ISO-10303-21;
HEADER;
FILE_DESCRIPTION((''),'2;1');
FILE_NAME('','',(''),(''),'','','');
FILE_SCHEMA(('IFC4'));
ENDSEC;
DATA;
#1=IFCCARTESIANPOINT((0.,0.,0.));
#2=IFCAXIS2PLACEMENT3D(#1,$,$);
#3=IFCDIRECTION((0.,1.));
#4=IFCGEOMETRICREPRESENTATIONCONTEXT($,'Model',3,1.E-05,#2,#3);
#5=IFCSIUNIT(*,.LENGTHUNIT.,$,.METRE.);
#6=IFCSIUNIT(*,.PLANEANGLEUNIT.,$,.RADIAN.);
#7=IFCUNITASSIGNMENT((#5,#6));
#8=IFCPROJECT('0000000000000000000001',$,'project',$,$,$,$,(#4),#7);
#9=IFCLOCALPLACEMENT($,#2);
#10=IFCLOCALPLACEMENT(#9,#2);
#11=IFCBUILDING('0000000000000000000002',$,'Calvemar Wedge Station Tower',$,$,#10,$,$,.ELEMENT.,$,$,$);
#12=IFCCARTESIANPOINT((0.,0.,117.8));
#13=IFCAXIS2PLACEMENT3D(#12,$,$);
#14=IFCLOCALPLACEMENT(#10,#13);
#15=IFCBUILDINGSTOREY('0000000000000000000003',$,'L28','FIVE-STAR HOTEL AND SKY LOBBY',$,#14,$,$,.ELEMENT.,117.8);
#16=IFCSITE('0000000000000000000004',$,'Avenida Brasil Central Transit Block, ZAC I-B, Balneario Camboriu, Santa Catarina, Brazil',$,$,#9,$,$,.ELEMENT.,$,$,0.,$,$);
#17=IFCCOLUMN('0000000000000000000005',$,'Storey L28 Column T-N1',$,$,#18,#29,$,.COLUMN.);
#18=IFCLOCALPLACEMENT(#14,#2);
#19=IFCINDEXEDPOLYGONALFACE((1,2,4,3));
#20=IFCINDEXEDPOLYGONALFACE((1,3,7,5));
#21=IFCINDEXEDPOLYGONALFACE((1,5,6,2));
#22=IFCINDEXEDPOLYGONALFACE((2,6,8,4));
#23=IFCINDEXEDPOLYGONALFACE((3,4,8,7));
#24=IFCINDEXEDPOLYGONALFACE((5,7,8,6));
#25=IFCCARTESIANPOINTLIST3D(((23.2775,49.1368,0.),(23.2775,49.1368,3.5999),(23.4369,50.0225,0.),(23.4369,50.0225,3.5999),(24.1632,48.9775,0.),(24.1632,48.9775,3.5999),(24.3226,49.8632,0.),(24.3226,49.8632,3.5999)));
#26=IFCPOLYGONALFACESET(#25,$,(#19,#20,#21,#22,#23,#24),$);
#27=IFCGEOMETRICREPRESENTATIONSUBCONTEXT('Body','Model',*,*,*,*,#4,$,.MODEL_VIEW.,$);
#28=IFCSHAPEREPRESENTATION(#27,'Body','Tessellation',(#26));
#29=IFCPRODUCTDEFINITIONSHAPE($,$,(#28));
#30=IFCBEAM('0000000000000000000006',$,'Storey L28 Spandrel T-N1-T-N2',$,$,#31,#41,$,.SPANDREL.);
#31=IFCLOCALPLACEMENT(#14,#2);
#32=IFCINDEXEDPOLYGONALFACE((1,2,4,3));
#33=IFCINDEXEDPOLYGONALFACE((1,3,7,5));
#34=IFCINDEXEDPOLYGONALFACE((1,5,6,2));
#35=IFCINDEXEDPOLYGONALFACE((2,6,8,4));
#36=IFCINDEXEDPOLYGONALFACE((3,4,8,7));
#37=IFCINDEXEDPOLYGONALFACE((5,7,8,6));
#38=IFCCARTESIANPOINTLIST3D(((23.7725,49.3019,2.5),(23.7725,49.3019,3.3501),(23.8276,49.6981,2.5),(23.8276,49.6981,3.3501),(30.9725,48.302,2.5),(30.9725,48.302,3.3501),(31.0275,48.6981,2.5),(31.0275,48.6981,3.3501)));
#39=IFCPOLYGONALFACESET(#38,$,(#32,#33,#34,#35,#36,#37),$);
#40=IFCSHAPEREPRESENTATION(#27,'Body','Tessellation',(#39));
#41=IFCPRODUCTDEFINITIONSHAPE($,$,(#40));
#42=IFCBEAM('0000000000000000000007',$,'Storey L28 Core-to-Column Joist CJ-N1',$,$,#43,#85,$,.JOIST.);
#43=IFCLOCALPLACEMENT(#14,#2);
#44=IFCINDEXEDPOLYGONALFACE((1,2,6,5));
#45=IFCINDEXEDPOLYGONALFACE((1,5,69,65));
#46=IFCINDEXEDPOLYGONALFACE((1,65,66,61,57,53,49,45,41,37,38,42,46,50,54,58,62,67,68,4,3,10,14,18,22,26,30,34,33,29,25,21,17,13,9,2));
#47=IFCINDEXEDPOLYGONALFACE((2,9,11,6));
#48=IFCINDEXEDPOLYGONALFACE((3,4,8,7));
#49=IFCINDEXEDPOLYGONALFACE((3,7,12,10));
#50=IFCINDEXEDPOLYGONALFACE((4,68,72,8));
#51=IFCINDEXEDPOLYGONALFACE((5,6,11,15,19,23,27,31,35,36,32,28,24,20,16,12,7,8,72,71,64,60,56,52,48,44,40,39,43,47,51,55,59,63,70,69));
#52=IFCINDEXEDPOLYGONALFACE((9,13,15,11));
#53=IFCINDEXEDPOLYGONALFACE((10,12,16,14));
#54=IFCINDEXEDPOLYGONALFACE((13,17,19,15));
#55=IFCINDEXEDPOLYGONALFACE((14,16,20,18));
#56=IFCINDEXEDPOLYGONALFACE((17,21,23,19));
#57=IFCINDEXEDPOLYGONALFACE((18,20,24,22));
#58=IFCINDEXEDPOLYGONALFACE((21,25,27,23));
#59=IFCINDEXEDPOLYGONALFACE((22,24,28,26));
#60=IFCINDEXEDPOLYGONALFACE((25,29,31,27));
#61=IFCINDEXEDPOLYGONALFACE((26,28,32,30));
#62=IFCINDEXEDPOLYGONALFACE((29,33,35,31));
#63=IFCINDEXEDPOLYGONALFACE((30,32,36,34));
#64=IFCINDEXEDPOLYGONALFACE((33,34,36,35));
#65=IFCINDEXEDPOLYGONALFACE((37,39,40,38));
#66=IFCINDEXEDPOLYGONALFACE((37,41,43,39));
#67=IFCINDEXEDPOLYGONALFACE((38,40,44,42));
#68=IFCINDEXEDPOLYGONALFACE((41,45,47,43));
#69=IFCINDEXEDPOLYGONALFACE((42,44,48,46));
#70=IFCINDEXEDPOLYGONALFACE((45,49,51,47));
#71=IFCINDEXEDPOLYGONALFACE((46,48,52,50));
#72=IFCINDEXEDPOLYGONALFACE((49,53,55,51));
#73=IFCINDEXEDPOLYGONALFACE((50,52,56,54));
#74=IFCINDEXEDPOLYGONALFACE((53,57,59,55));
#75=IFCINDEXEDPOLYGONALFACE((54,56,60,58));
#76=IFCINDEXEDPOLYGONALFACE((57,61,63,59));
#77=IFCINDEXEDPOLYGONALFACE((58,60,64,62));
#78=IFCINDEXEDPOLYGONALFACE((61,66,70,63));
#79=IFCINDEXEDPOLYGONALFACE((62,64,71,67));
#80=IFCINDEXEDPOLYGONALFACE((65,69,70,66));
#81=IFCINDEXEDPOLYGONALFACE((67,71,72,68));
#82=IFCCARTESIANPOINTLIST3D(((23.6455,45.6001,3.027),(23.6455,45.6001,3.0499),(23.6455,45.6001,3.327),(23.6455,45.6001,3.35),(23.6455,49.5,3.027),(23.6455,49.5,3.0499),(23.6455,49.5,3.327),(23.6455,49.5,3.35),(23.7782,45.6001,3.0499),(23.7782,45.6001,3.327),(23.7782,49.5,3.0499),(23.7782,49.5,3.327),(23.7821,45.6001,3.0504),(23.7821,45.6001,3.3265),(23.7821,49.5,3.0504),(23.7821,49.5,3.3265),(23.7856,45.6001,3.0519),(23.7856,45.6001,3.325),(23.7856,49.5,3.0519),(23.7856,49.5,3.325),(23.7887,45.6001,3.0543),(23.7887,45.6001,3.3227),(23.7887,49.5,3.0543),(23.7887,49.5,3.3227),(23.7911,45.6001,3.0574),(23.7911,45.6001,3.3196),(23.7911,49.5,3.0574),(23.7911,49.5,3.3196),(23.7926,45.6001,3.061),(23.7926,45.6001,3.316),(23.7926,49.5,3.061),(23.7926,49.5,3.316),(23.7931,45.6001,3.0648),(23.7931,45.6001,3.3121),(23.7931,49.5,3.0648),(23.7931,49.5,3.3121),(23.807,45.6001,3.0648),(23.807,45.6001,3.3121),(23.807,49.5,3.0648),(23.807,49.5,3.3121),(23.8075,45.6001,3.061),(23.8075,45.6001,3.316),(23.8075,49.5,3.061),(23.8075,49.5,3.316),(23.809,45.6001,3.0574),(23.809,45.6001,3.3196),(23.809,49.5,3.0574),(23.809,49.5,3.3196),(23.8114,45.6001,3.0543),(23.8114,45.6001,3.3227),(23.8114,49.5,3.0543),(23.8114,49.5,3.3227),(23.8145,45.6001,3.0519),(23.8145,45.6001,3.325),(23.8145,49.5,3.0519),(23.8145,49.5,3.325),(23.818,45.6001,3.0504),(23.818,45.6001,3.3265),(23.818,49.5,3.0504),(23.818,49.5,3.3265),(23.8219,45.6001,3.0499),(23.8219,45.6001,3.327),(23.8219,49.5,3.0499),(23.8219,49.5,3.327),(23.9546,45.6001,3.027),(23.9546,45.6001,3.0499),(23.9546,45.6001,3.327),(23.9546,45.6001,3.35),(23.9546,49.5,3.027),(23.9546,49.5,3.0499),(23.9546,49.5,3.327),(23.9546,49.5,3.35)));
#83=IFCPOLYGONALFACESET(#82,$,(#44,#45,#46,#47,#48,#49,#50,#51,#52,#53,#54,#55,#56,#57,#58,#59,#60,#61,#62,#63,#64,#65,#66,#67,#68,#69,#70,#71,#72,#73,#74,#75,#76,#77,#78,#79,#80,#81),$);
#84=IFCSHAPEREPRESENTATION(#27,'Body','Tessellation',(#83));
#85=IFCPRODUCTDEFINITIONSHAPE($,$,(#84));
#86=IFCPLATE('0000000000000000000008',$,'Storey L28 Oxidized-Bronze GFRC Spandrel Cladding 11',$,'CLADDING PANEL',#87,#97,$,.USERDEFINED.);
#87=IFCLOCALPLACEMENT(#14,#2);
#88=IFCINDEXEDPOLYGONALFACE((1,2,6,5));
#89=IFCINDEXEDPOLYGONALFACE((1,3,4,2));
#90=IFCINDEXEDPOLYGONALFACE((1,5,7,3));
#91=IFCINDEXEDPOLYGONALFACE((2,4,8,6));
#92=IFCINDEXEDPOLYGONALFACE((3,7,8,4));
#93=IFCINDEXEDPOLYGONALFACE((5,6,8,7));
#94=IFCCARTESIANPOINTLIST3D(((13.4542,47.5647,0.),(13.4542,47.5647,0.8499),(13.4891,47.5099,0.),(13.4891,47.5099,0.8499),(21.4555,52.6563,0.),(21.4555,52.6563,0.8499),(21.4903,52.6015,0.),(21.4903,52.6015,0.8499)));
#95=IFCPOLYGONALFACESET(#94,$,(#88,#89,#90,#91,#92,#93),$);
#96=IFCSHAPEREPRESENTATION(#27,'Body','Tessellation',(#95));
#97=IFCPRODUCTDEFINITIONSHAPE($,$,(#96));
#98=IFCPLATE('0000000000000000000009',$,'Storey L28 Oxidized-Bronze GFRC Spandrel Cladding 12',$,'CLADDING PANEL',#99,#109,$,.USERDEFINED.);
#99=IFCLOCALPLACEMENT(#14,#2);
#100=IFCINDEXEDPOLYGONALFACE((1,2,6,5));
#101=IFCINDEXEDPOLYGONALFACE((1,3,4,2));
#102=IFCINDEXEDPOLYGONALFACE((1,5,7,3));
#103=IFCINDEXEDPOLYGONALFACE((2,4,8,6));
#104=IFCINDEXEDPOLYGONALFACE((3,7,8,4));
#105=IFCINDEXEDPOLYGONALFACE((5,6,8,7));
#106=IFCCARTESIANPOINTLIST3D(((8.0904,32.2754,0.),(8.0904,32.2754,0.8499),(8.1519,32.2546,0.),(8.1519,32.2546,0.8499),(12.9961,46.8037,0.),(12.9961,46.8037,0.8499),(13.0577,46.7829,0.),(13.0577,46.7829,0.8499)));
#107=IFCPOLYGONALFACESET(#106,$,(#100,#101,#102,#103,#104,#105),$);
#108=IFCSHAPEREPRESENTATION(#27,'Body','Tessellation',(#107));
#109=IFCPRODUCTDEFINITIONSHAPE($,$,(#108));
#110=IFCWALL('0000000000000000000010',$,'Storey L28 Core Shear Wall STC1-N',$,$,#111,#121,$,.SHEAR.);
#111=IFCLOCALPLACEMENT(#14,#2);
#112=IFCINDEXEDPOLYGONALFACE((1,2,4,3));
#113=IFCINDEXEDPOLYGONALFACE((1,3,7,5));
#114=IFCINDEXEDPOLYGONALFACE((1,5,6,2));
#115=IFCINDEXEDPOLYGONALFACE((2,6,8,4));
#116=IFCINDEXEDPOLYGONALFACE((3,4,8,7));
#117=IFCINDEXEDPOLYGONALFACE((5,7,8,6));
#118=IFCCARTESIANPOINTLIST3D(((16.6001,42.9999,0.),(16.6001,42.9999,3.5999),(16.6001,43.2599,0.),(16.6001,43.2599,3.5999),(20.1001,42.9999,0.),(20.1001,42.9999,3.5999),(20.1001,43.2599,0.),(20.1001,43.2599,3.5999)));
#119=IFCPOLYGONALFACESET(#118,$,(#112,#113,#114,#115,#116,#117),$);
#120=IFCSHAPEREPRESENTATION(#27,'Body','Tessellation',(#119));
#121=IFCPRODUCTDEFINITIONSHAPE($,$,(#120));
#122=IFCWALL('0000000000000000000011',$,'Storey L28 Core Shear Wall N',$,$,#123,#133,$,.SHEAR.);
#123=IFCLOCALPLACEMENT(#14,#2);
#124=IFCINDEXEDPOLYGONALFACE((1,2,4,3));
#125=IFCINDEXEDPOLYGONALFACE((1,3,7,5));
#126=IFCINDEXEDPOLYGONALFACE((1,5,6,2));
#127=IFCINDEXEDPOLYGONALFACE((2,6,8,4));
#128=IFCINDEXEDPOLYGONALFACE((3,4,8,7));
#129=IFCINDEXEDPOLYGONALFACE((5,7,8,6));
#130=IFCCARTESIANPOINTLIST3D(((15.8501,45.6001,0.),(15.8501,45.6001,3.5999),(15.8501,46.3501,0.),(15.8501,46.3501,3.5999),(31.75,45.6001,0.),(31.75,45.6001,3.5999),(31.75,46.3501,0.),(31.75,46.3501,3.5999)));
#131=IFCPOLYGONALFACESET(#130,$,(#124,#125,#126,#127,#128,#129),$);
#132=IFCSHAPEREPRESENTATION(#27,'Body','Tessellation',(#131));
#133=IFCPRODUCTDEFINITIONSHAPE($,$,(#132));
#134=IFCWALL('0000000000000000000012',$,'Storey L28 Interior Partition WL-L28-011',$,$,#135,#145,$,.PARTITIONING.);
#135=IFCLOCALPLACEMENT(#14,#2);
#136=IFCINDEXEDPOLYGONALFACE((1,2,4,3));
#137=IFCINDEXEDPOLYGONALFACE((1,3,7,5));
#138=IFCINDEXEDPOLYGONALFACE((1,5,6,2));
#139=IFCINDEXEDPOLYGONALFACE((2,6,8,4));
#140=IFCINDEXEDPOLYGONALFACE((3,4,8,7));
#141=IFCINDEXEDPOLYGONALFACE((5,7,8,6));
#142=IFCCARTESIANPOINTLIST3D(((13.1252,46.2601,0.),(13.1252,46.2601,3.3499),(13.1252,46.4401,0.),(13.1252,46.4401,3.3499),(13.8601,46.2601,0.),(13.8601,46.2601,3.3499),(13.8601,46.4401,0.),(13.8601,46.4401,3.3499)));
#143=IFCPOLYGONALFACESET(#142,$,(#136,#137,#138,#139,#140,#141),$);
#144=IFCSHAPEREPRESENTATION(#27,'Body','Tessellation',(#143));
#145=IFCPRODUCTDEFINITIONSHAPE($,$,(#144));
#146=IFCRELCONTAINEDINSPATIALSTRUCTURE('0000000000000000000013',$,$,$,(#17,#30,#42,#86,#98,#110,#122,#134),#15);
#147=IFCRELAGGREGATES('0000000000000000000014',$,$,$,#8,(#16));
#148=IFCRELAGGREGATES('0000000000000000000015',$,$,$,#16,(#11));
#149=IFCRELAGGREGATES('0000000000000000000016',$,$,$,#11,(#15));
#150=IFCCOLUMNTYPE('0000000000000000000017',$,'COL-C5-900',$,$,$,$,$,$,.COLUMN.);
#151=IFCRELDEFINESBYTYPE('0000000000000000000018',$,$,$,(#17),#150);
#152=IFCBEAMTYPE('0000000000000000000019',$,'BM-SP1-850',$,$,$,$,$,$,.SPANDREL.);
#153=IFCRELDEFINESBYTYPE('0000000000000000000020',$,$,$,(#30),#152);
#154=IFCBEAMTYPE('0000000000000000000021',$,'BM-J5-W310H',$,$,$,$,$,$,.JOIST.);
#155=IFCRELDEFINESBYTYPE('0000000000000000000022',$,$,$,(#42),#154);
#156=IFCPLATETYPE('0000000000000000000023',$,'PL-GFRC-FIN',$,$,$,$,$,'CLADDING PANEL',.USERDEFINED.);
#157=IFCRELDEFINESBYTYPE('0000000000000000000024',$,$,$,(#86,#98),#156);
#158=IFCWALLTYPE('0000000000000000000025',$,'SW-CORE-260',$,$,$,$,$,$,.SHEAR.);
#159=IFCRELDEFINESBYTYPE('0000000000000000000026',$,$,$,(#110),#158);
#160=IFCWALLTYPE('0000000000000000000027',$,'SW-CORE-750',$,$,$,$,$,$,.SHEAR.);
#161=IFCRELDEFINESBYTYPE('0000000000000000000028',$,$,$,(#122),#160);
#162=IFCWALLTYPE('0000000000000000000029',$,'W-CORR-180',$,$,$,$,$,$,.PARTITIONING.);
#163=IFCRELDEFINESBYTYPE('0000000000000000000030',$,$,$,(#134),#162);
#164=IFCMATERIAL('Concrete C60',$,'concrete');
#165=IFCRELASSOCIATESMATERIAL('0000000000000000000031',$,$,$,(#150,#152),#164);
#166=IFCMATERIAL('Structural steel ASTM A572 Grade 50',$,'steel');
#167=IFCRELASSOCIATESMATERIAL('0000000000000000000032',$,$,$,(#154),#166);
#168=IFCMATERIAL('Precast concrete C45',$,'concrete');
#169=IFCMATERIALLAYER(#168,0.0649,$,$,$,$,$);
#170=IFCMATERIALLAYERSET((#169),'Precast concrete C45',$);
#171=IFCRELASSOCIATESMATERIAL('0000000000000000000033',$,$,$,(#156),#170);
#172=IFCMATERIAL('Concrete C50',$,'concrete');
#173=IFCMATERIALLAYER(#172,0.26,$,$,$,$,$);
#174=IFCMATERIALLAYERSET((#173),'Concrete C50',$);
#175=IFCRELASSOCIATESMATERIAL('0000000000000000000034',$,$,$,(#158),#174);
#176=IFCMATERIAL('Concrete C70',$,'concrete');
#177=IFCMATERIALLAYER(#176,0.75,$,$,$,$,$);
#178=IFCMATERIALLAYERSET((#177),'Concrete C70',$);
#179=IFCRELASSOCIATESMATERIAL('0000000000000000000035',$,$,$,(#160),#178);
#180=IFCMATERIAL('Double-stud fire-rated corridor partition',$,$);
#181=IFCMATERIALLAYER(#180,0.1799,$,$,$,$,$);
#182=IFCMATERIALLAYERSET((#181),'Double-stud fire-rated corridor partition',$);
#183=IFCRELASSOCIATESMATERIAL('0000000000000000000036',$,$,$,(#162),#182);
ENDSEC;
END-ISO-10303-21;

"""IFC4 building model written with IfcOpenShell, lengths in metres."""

from ifc_helpers import new_model, si_unit, direction, frame, frame_2d, origin, origin_2d, place, context, subcontext, project, spatial, rectangle, i_section, extrude, source, transform, mapped, material, layer, layer_set, material_profile, profile_set, type_object, element, save


model = new_model("IFC4")

# Units and contexts
model_context = context("Model", 3, precision=1e-05, world=origin(), true_north=direction((0.0, 1.0)))
body_context = subcontext(model_context, "Body", "Model", "MODEL_VIEW")
ifc_project = project(units=[si_unit("LENGTHUNIT", "METRE"), si_unit("PLANEANGLEUNIT", "RADIAN")], contexts=[model_context])

# Site, building, storey
site_placement = place(None, origin())
site = spatial("IfcSite", under=ifc_project, at=site_placement, Name="Avenida Brasil Central Transit Block, ZAC I-B, Balneario Camboriu, Santa Catarina, Brazil", CompositionType="ELEMENT", RefElevation=0.0)
building_placement = place(site_placement, origin())
building = spatial("IfcBuilding", under=site, at=building_placement, Name="Calvemar Wedge Station Tower", CompositionType="ELEMENT")
storey_placement = place(building_placement, frame((0.0, 0.0, 117.8)))
storey = spatial("IfcBuildingStorey", under=building, at=storey_placement, Name="L28", Description="FIVE-STAR HOTEL AND SKY LOBBY", CompositionType="ELEMENT", Elevation=117.8)

# Column
ifc_material_1 = material(Name="Concrete C60", Category="concrete")
ifc_material_profile_1 = material_profile(ifc_material_1, rectangle(XDim=0.8999, YDim=0.8999, at=origin_2d()), Name="RC900x900")
ifc_profile_set_1 = profile_set([ifc_material_profile_1], Name="Concrete C60")
column_type = type_object("IfcColumnType", Name="COL-C5-900", PredefinedType="COLUMN", material=ifc_profile_set_1)
shared_shape_1 = source(origin(), body_context, "Body", "SweptSolid", [
    extrude(rectangle(XDim=0.8999, YDim=0.8999, at=origin_2d()), origin(), (0.0, 0.0, 1.0), 3.5999),
])
column_placement = place(storey_placement, frame((23.8, 49.5, 0.0), z_axis=(0.0, 0.0, 1.0), x_axis=(0.984196, -0.177085, 0.0)))
element("IfcColumn", 1, at=column_placement, inside=storey, type_object=column_type, Name="Storey L28 Column T-N1", PredefinedType="COLUMN", context=body_context, shape_type="MappedRepresentation", body=[
    mapped(shared_shape_1, transform((0.0, 0.0, 0.0), scale=1.0)),
])

# Beams
ifc_material_profile_2 = material_profile(ifc_material_1, rectangle(XDim=0.3999, YDim=0.8501, at=origin_2d()), Name="RC400x850")
ifc_profile_set_2 = profile_set([ifc_material_profile_2], Name="Concrete C60")
beam_type_1 = type_object("IfcBeamType", Name="BM-SP1-850", PredefinedType="SPANDREL", material=ifc_profile_set_2)
shared_shape_2 = source(origin(), body_context, "Body", "SweptSolid", [
    extrude(rectangle(XDim=0.3999, YDim=0.8501, at=origin_2d()), origin(), (0.0, 0.0, 1.0), 7.269),
])
beam_1_placement = place(storey_placement, frame((23.8, 49.5, 2.925), z_axis=(0.990492, -0.137569, 0.0), x_axis=(0.137569, 0.990492, 0.0)))
element("IfcBeam", 2, at=beam_1_placement, inside=storey, type_object=beam_type_1, Name="Storey L28 Spandrel T-N1-T-N2", PredefinedType="SPANDREL", context=body_context, shape_type="MappedRepresentation", body=[
    mapped(shared_shape_2, transform((0.0, 0.0, 0.0), scale=1.0)),
])
ifc_material_2 = material(Name="Structural steel ASTM A572 Grade 50", Category="steel")
ifc_material_profile_3 = material_profile(ifc_material_2, i_section(OverallWidth=0.3091, OverallDepth=0.323, WebThickness=0.0139, FlangeThickness=0.0229, FilletRadius=0.0149, at=origin_2d()), Name="W310x143")
ifc_profile_set_3 = profile_set([ifc_material_profile_3], Name="Structural steel ASTM A572 Grade 50")
beam_type_2 = type_object("IfcBeamType", Name="BM-J5-W310H", PredefinedType="JOIST", material=ifc_profile_set_3)
shared_shape_3 = source(origin(), body_context, "Body", "SweptSolid", [
    extrude(i_section(OverallWidth=0.3091, OverallDepth=0.323, WebThickness=0.0139, FlangeThickness=0.0229, FilletRadius=0.0149, at=origin_2d()), origin(), (0.0, 0.0, 1.0), 3.8999),
])
beam_2_placement = place(storey_placement, frame((23.8, 45.6001, 3.1885), z_axis=(0.0, 1.0, 0.0), x_axis=(-1.0, 0.0, 0.0)))
element("IfcBeam", 3, at=beam_2_placement, inside=storey, type_object=beam_type_2, Name="Storey L28 Core-to-Column Joist CJ-N1", PredefinedType="JOIST", context=body_context, shape_type="MappedRepresentation", body=[
    mapped(shared_shape_3, transform((0.0, 0.0, 0.0), scale=1.0)),
])

# Plates
ifc_material_3 = material(Name="Precast concrete C45", Category="concrete")
ifc_layer_1 = layer(ifc_material_3, 0.0649)
ifc_layer_set_1 = layer_set([ifc_layer_1], Name="Precast concrete C45")
plate_type = type_object("IfcPlateType", Name="PL-GFRC-FIN", ElementType="CLADDING PANEL", PredefinedType="USERDEFINED", material=ifc_layer_set_1)
plate_1_placement = place(storey_placement, frame((21.4729, 52.6289, 0.0), z_axis=(0.0, 0.0, 1.0), x_axis=(-0.843668, -0.536865, 0.0)))
element("IfcPlate", 4, at=plate_1_placement, inside=storey, type_object=plate_type, Name="Storey L28 Oxidized-Bronze GFRC Spandrel Cladding 11", ObjectType="CLADDING PANEL", PredefinedType="USERDEFINED", context=body_context, shape_type="SweptSolid", body=[
    extrude(rectangle(XDim=9.4839, YDim=0.0649, at=frame_2d((4.7419, 0.0))), origin(), (0.0, 0.0, 1.0), 0.8499),
])
plate_2_placement = place(storey_placement, frame((13.0269, 46.7932, 0.0), z_axis=(0.0, 0.0, 1.0), x_axis=(-0.319922, -0.947444, 0.0)))
element("IfcPlate", 5, at=plate_2_placement, inside=storey, type_object=plate_type, Name="Storey L28 Oxidized-Bronze GFRC Spandrel Cladding 12", ObjectType="CLADDING PANEL", PredefinedType="USERDEFINED", context=body_context, shape_type="SweptSolid", body=[
    extrude(rectangle(XDim=15.3342, YDim=0.0649, at=frame_2d((7.667, 0.0))), origin(), (0.0, 0.0, 1.0), 0.8499),
])

# Walls
ifc_material_4 = material(Name="Concrete C50", Category="concrete")
ifc_layer_2 = layer(ifc_material_4, 0.26)
ifc_layer_set_2 = layer_set([ifc_layer_2], Name="Concrete C50")
wall_type_1 = type_object("IfcWallType", Name="SW-CORE-260", PredefinedType="SHEAR", material=ifc_layer_set_2)
wall_1_placement = place(storey_placement, frame((16.6001, 43.1299, 0.0), z_axis=(0.0, 0.0, 1.0), x_axis=(1.0, 0.0, 0.0)))
element("IfcWall", 6, at=wall_1_placement, inside=storey, type_object=wall_type_1, Name="Storey L28 Core Shear Wall STC1-N", PredefinedType="SHEAR", context=body_context, shape_type="SweptSolid", body=[
    extrude(rectangle(XDim=3.5, YDim=0.26, at=frame_2d((1.75, 0.0))), origin(), (0.0, 0.0, 1.0), 3.5999),
])
ifc_material_5 = material(Name="Concrete C70", Category="concrete")
ifc_layer_3 = layer(ifc_material_5, 0.75)
ifc_layer_set_3 = layer_set([ifc_layer_3], Name="Concrete C70")
wall_type_2 = type_object("IfcWallType", Name="SW-CORE-750", PredefinedType="SHEAR", material=ifc_layer_set_3)
wall_2_placement = place(storey_placement, frame((15.8501, 45.9751, 0.0), z_axis=(0.0, 0.0, 1.0), x_axis=(1.0, 0.0, 0.0)))
element("IfcWall", 7, at=wall_2_placement, inside=storey, type_object=wall_type_2, Name="Storey L28 Core Shear Wall N", PredefinedType="SHEAR", context=body_context, shape_type="SweptSolid", body=[
    extrude(rectangle(XDim=15.8999, YDim=0.75, at=frame_2d((7.95, 0.0))), origin(), (0.0, 0.0, 1.0), 3.5999),
])
ifc_material_6 = material(Name="Double-stud fire-rated corridor partition")
ifc_layer_4 = layer(ifc_material_6, 0.1799)
ifc_layer_set_4 = layer_set([ifc_layer_4], Name="Double-stud fire-rated corridor partition")
wall_type_3 = type_object("IfcWallType", Name="W-CORR-180", PredefinedType="PARTITIONING", material=ifc_layer_set_4)
wall_3_placement = place(storey_placement, frame((13.8601, 46.3501, 0.0), z_axis=(0.0, 0.0, 1.0), x_axis=(-1.0, 0.0, 0.0)))
element("IfcWall", 8, at=wall_3_placement, inside=storey, type_object=wall_type_3, Name="Storey L28 Interior Partition WL-L28-011", PredefinedType="PARTITIONING", context=body_context, shape_type="SweptSolid", body=[
    extrude(rectangle(XDim=0.7349, YDim=0.1799, at=frame_2d((0.3674, 0.0))), origin(), (0.0, 0.0, 1.0), 3.3499),
])

save(model, "model.ifc")
